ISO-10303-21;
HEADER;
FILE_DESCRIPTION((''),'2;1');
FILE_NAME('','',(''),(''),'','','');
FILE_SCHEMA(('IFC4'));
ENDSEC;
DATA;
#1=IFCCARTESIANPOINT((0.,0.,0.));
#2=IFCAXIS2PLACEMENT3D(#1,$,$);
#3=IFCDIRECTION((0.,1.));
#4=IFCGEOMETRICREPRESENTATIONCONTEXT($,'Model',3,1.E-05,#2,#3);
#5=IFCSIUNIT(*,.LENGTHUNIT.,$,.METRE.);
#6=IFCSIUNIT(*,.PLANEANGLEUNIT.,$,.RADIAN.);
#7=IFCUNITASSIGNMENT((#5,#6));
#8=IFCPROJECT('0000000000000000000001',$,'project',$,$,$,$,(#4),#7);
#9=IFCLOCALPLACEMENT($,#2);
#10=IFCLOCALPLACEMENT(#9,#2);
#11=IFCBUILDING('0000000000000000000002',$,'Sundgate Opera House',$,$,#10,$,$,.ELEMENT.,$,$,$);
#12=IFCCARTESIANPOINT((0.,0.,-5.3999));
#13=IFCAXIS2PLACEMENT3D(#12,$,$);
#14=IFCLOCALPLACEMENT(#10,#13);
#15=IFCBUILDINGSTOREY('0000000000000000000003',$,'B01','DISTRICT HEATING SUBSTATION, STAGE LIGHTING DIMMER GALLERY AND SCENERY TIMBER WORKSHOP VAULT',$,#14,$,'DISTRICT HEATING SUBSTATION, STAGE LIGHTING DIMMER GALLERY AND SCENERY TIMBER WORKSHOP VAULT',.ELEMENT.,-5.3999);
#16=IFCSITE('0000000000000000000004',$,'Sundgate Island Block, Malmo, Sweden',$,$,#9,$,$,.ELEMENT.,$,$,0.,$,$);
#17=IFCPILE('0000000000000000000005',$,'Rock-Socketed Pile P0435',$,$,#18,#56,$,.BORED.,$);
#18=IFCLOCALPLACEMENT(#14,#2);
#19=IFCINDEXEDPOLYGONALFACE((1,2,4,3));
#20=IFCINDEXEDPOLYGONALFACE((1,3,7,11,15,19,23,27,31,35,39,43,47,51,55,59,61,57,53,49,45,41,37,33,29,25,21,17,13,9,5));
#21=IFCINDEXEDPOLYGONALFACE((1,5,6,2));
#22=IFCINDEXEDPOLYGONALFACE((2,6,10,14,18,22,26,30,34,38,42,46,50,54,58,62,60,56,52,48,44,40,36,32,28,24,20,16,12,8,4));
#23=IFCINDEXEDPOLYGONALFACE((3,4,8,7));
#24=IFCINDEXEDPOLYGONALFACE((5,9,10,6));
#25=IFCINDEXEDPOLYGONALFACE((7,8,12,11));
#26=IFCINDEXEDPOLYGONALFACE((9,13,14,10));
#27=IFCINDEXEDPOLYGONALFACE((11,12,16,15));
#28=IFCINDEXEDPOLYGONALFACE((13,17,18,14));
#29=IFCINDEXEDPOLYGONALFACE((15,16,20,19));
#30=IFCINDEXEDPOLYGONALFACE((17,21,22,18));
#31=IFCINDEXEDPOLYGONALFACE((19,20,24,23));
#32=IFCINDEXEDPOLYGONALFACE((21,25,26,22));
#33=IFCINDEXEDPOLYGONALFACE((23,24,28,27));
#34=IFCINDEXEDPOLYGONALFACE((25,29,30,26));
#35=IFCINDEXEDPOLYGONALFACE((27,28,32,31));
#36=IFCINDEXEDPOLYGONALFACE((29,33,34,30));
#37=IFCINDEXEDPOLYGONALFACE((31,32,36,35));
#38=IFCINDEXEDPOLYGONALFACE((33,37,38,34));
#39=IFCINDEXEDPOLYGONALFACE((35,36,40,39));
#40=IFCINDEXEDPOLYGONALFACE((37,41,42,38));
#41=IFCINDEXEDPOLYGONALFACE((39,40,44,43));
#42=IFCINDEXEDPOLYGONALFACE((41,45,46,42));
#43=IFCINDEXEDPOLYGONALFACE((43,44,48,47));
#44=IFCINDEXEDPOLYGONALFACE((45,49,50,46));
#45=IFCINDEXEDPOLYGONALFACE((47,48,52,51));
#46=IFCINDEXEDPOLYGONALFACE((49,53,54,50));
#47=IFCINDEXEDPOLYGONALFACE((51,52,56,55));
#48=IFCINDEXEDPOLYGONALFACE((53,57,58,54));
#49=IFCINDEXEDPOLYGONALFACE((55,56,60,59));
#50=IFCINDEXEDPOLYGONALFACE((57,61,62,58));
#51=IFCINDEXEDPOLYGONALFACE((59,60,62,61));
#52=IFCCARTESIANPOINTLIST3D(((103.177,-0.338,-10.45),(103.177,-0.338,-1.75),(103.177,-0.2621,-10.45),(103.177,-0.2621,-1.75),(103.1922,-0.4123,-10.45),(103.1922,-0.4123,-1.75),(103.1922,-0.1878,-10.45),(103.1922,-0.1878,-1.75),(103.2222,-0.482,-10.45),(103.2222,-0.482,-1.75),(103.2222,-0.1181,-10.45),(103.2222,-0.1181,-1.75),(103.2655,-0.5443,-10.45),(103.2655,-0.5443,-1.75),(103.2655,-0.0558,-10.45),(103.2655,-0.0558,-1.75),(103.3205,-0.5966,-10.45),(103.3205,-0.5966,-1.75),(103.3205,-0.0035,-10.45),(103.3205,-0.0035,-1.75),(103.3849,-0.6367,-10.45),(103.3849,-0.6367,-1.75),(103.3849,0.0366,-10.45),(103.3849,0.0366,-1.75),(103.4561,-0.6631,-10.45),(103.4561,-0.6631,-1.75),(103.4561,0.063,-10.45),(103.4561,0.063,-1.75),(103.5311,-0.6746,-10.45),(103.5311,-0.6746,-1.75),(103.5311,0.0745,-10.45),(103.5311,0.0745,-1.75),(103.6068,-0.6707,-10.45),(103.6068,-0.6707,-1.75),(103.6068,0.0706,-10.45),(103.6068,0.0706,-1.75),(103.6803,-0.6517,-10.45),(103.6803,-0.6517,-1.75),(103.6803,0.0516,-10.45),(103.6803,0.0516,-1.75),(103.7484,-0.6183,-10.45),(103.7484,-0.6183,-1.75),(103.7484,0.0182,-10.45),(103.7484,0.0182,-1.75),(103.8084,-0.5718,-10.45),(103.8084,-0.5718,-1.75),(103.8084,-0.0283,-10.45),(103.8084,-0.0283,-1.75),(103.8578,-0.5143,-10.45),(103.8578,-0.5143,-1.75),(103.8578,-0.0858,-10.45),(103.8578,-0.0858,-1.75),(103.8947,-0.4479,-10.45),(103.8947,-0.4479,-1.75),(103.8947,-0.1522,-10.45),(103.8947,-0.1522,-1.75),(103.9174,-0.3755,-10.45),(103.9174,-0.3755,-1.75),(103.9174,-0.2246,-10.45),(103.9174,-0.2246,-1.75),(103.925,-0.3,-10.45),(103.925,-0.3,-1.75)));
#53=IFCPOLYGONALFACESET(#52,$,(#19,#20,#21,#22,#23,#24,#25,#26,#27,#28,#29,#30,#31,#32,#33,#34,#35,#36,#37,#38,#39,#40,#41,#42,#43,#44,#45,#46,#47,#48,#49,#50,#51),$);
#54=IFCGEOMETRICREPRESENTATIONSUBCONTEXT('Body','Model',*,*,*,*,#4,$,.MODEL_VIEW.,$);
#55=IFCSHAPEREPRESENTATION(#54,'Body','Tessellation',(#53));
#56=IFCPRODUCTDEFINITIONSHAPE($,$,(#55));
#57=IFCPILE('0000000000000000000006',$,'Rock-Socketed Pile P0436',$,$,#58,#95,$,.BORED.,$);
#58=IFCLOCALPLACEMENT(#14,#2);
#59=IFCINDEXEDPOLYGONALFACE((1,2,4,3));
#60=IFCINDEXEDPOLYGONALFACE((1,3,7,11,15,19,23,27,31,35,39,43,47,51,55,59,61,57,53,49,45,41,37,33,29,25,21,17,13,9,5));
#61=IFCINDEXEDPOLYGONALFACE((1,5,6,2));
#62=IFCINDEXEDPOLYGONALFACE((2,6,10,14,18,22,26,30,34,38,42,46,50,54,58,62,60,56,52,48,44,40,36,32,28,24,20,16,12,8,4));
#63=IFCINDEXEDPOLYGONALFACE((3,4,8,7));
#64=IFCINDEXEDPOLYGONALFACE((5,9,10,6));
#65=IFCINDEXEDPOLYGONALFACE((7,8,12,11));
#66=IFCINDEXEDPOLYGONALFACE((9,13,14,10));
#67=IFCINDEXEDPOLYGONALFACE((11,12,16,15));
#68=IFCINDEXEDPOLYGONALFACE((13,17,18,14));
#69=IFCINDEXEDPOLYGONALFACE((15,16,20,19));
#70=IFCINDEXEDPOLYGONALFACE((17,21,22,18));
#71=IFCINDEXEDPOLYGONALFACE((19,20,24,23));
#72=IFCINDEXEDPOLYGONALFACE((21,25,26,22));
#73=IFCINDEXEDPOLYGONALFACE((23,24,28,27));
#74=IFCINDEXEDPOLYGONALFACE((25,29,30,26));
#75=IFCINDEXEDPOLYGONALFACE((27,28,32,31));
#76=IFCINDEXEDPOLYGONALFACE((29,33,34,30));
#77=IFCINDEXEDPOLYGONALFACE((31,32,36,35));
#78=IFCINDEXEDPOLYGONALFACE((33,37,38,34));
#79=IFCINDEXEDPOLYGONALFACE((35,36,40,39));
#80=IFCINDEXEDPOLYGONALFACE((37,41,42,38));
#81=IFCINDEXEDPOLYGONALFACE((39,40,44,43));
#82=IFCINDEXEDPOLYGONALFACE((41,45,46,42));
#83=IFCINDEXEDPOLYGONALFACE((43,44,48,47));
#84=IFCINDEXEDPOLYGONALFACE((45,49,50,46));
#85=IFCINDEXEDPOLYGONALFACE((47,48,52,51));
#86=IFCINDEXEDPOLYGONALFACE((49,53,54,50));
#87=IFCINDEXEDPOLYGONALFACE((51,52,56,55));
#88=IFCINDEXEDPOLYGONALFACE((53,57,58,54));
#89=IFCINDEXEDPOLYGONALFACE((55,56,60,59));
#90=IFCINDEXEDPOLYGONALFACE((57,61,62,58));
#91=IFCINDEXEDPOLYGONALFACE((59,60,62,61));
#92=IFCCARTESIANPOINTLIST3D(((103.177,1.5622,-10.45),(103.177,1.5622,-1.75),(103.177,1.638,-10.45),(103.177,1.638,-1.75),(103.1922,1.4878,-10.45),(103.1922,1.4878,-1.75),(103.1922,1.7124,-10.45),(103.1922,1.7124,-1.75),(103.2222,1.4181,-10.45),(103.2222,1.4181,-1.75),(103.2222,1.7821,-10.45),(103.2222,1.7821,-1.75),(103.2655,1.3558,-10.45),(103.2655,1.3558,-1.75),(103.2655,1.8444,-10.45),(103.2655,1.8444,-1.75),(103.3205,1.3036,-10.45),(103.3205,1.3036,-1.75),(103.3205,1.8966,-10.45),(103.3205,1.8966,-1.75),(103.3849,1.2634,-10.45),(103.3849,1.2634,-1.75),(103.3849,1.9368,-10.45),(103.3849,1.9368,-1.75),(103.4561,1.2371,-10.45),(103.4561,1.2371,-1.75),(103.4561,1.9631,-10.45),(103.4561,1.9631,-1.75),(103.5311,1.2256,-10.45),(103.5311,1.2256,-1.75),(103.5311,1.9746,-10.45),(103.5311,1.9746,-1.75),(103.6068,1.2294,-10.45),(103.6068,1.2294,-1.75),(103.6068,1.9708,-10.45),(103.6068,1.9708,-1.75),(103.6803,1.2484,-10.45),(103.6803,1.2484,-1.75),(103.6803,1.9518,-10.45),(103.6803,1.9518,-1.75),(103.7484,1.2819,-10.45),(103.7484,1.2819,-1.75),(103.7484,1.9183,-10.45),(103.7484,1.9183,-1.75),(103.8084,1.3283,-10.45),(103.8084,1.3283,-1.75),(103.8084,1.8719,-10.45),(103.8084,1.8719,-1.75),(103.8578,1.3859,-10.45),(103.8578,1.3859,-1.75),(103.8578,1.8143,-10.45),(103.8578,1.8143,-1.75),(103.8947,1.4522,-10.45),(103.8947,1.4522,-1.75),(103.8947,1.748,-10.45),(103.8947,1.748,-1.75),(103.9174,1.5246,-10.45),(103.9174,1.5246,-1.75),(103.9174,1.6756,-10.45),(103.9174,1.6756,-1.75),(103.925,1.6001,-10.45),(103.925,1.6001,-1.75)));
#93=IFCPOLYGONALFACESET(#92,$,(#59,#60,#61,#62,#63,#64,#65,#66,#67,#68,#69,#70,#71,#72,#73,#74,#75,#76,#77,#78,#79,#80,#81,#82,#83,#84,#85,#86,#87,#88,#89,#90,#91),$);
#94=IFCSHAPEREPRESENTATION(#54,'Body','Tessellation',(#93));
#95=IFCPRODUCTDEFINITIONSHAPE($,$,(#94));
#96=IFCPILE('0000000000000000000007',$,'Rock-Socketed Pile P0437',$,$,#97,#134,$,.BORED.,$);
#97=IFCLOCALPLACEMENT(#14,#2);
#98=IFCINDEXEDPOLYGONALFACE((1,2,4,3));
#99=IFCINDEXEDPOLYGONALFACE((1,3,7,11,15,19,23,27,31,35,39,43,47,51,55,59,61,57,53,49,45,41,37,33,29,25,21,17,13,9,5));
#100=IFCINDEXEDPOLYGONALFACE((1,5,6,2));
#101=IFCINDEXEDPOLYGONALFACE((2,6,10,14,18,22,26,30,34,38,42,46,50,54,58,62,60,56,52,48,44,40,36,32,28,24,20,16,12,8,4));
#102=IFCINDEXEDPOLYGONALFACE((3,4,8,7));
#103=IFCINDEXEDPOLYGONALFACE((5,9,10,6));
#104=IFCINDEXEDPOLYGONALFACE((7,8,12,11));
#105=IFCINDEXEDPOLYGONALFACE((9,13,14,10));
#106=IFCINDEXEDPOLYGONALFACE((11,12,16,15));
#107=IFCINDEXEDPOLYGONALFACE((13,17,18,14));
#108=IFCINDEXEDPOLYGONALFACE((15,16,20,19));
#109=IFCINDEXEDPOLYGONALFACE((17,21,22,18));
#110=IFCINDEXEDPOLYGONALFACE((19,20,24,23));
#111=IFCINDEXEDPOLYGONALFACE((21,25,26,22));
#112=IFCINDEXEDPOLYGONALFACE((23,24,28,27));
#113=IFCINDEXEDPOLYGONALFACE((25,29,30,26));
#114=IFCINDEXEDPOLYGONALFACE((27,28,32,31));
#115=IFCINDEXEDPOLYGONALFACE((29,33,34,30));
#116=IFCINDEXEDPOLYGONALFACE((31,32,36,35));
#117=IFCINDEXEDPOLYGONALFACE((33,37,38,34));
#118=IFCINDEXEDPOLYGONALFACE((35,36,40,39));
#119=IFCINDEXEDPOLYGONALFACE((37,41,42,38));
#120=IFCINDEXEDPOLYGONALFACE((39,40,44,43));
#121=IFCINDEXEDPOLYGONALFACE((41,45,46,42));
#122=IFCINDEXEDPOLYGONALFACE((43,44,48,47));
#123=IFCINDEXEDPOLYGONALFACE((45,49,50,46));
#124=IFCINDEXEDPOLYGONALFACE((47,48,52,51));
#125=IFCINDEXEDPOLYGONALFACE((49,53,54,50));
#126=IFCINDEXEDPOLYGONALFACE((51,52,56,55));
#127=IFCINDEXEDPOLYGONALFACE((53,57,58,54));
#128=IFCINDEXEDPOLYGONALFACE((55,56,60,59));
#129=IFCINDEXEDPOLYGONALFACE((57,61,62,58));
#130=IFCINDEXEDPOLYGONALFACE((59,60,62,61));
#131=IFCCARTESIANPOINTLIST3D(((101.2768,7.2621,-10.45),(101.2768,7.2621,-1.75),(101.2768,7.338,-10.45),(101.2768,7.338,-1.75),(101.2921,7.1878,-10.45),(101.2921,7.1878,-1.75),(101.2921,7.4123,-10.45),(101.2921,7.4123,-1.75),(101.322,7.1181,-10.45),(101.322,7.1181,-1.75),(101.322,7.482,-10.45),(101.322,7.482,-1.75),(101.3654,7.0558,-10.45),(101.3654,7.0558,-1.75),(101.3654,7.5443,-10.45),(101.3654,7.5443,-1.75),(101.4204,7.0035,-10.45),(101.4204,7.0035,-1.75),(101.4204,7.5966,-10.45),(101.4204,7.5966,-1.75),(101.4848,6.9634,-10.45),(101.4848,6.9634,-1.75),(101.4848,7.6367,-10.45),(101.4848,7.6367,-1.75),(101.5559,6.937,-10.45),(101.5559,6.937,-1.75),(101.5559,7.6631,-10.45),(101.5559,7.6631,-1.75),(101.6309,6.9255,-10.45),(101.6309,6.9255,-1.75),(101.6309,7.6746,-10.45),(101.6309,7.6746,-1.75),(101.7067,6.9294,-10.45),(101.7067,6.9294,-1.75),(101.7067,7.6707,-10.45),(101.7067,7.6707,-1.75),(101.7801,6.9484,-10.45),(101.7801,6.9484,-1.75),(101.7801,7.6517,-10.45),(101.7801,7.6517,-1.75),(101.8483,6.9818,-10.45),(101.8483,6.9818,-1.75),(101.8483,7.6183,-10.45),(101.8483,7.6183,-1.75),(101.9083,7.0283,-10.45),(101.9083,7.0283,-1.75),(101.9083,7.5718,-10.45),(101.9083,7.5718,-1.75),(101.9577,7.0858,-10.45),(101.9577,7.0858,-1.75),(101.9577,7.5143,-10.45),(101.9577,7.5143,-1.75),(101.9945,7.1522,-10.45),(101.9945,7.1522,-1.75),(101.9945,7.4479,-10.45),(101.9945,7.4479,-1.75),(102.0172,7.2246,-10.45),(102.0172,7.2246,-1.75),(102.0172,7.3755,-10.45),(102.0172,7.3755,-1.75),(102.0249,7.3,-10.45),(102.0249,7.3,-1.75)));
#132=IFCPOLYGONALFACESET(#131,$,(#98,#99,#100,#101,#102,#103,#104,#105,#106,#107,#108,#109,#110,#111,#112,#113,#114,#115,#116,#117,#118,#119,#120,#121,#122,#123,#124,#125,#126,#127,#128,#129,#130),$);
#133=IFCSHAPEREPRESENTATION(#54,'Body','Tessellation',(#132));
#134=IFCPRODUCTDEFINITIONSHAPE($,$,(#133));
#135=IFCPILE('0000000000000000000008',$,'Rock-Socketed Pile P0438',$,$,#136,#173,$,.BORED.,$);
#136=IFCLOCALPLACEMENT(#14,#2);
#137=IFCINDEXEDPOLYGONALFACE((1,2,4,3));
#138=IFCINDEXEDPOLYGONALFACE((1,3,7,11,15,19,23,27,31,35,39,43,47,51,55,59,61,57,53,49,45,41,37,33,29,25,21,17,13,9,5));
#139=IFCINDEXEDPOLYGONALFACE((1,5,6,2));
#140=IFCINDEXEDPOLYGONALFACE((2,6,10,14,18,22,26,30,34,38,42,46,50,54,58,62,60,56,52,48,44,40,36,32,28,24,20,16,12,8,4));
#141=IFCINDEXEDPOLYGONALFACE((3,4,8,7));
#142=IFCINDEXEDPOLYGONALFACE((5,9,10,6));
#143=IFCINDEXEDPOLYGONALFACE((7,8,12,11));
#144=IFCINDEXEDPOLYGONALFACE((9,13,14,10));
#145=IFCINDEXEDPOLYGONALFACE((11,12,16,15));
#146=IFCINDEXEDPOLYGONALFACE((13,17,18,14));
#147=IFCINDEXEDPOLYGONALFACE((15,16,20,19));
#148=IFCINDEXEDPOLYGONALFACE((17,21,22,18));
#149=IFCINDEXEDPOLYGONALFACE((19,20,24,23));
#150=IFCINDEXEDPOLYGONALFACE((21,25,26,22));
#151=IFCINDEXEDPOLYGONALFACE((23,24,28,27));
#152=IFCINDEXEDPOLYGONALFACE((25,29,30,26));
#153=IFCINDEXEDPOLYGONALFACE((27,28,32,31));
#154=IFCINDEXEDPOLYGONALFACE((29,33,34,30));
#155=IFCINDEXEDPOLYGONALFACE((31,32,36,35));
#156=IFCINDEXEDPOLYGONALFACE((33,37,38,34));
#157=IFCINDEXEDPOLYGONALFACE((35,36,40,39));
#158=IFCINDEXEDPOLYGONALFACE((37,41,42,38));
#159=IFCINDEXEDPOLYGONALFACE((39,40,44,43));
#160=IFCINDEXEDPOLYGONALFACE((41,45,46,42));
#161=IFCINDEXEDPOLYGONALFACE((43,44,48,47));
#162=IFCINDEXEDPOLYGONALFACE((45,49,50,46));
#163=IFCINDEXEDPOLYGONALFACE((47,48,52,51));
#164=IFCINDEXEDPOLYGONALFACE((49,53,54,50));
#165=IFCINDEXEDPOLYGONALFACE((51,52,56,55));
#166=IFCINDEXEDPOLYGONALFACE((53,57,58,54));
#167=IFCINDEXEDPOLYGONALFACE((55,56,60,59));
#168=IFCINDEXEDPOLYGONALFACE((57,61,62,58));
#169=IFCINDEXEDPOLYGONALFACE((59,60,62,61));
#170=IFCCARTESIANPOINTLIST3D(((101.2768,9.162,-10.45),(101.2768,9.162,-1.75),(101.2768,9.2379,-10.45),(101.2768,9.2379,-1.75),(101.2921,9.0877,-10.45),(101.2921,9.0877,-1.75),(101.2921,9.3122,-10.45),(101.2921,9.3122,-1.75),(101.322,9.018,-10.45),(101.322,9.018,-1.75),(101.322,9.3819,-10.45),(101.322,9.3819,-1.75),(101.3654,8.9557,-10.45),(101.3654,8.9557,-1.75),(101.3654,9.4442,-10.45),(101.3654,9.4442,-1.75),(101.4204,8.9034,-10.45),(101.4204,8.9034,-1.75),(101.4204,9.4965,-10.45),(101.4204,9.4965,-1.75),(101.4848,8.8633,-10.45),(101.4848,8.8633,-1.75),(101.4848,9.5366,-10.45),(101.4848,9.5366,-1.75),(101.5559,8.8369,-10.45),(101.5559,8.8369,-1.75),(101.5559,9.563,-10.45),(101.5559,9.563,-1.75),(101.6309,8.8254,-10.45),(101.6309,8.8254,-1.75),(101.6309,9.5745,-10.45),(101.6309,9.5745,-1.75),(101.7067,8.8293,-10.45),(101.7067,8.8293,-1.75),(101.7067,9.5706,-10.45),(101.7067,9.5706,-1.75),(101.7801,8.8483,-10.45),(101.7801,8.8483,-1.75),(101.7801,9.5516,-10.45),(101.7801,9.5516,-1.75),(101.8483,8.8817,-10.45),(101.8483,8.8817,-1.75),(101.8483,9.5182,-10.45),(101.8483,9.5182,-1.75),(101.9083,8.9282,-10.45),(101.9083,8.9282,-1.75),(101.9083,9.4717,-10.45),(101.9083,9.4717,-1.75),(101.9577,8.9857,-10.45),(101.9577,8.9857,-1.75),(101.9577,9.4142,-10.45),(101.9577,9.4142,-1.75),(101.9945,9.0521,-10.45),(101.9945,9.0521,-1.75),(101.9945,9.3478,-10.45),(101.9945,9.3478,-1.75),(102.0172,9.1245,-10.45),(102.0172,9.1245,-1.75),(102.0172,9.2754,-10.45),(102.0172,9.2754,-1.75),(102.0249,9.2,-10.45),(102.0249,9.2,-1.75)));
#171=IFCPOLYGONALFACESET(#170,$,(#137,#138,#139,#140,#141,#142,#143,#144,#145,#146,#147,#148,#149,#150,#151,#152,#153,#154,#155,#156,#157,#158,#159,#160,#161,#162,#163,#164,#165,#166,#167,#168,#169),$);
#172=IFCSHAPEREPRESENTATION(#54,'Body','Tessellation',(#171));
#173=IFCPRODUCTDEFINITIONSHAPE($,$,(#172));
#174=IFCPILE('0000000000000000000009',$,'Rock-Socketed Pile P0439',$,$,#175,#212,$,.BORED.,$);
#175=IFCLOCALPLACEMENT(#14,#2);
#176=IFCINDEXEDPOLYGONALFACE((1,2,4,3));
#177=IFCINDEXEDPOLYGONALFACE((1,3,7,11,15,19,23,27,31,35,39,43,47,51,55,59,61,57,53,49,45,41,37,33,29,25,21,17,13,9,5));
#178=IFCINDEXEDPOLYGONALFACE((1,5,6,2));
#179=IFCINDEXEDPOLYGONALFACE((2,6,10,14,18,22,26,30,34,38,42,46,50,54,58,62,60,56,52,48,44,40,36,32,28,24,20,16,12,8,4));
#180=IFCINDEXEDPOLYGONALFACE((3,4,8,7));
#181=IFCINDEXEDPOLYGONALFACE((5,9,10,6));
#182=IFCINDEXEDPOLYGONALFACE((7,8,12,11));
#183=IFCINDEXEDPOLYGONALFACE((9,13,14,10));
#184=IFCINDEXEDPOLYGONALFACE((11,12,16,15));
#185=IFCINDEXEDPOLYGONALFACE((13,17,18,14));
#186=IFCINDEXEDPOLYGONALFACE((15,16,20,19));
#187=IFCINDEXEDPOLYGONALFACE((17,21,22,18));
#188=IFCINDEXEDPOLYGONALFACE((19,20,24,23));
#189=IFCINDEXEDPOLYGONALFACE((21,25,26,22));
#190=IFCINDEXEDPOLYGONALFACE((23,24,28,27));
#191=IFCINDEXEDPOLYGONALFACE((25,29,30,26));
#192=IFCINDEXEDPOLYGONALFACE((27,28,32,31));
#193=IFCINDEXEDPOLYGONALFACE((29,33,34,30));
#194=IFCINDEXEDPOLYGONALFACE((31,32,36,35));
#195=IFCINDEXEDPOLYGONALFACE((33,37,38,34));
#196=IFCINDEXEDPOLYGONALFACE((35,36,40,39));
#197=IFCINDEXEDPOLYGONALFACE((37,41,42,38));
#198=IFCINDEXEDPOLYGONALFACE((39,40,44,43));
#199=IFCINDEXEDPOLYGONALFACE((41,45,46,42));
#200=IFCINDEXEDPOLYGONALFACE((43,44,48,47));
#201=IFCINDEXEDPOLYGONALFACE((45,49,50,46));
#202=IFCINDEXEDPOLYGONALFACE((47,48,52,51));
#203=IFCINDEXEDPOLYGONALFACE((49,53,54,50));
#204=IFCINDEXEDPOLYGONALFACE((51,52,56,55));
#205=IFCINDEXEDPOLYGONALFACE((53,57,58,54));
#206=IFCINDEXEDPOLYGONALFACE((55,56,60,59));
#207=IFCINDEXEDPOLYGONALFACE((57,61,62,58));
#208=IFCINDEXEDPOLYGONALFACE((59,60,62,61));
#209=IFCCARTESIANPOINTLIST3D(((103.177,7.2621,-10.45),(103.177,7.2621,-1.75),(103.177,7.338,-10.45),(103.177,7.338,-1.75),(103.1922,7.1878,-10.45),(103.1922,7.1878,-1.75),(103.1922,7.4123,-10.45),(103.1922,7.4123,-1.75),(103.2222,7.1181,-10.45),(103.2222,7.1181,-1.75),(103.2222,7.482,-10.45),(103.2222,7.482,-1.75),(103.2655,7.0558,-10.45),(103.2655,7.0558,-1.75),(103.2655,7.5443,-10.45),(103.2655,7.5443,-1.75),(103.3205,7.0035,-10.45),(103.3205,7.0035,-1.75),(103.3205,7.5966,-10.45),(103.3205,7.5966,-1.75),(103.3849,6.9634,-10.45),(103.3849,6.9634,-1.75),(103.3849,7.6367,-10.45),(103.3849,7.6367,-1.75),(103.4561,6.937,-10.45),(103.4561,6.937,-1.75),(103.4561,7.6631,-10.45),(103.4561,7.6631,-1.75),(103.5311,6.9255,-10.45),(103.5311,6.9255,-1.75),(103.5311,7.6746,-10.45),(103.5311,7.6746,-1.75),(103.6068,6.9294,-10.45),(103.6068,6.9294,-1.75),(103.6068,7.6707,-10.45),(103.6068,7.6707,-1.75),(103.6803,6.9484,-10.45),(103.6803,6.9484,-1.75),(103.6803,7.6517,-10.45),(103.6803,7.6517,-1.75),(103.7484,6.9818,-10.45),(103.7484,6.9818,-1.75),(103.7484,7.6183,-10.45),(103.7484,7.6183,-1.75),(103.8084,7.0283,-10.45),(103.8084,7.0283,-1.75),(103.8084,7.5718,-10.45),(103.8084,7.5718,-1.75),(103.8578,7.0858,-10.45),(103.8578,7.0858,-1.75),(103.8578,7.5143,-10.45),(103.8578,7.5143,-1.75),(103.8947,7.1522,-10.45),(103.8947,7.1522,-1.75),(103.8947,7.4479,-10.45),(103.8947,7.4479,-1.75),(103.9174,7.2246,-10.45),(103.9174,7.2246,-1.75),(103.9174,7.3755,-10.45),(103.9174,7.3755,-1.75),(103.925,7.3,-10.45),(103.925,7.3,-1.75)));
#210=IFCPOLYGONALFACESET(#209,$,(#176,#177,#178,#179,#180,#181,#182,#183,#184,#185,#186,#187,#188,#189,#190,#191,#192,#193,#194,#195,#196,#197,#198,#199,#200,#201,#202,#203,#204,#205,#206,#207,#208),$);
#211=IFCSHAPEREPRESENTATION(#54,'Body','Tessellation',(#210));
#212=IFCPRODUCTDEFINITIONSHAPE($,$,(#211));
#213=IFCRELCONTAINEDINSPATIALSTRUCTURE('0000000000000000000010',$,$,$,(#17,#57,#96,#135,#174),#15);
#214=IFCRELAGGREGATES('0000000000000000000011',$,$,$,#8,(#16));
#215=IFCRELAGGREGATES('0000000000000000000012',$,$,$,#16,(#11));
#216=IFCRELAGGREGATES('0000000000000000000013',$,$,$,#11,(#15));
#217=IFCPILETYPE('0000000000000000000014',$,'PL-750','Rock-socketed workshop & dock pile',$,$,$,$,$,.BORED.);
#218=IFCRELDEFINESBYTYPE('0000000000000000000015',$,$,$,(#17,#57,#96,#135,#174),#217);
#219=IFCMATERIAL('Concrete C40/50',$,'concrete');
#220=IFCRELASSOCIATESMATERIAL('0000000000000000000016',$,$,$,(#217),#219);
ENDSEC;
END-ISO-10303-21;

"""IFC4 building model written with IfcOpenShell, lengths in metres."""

from ifc_helpers import new_model, si_unit, direction, frame, origin, origin_2d, place, context, subcontext, project, spatial, circle, extrude, material, material_profile, profile_set, type_object, element, save


model = new_model("IFC4")

# Units and contexts
model_context = context("Model", 3, precision=1e-05, world=origin(), true_north=direction((0.0, 1.0)))
body_context = subcontext(model_context, "Body", "Model", "MODEL_VIEW")
ifc_project = project(units=[si_unit("LENGTHUNIT", "METRE"), si_unit("PLANEANGLEUNIT", "RADIAN")], contexts=[model_context])

# Site, building, storey
site_placement = place(None, origin())
site = spatial("IfcSite", under=ifc_project, at=site_placement, Name="Sundgate Island Block, Malmo, Sweden", CompositionType="ELEMENT", RefElevation=0.0)
building_placement = place(site_placement, origin())
building = spatial("IfcBuilding", under=site, at=building_placement, Name="Sundgate Opera House", CompositionType="ELEMENT")
storey_placement = place(building_placement, frame((0.0, 0.0, -5.3999)))
storey = spatial("IfcBuildingStorey", under=building, at=storey_placement, Name="B01", Description="DISTRICT HEATING SUBSTATION, STAGE LIGHTING DIMMER GALLERY AND SCENERY TIMBER WORKSHOP VAULT", LongName="DISTRICT HEATING SUBSTATION, STAGE LIGHTING DIMMER GALLERY AND SCENERY TIMBER WORKSHOP VAULT", CompositionType="ELEMENT", Elevation=-5.3999)

# Piles
ifc_material_1 = material(Name="Concrete C40/50", Category="concrete")
ifc_material_profile_1 = material_profile(ifc_material_1, circle(Radius=0.375, at=origin_2d()), Name="PILE D750")
ifc_profile_set_1 = profile_set([ifc_material_profile_1], Name="Concrete C40/50")
pile_type = type_object("IfcPileType", Name="PL-750", Description="Rock-socketed workshop & dock pile", PredefinedType="BORED", material=ifc_profile_set_1)
for number, where, z_axis, x_axis, name in (
    (1, (103.55, -0.3, -1.75), (0.0, 0.0, -1.0), (1.0, 0.0, 0.0), "Rock-Socketed Pile P0435"),
    (2, (103.55, 1.6001, -1.75), (0.0, 0.0, -1.0), (1.0, 0.0, 0.0), "Rock-Socketed Pile P0436"),
    (3, (101.6499, 7.3, -1.75), (0.0, 0.0, -1.0), (1.0, 0.0, 0.0), "Rock-Socketed Pile P0437"),
    (4, (101.6499, 9.2, -1.75), (0.0, 0.0, -1.0), (1.0, 0.0, 0.0), "Rock-Socketed Pile P0438"),
    (5, (103.55, 7.3, -1.75), (0.0, 0.0, -1.0), (1.0, 0.0, 0.0), "Rock-Socketed Pile P0439"),
):
    element("IfcPile", number, at=place(storey_placement, frame(where, z_axis=z_axis, x_axis=x_axis)), inside=storey, type_object=pile_type, Name=name, PredefinedType="BORED", context=body_context, shape_type="SweptSolid", body=[
        extrude(circle(Radius=0.375, at=origin_2d()), origin(), (0.0, 0.0, 1.0), 8.7),
    ])

save(model, "model.ifc")
